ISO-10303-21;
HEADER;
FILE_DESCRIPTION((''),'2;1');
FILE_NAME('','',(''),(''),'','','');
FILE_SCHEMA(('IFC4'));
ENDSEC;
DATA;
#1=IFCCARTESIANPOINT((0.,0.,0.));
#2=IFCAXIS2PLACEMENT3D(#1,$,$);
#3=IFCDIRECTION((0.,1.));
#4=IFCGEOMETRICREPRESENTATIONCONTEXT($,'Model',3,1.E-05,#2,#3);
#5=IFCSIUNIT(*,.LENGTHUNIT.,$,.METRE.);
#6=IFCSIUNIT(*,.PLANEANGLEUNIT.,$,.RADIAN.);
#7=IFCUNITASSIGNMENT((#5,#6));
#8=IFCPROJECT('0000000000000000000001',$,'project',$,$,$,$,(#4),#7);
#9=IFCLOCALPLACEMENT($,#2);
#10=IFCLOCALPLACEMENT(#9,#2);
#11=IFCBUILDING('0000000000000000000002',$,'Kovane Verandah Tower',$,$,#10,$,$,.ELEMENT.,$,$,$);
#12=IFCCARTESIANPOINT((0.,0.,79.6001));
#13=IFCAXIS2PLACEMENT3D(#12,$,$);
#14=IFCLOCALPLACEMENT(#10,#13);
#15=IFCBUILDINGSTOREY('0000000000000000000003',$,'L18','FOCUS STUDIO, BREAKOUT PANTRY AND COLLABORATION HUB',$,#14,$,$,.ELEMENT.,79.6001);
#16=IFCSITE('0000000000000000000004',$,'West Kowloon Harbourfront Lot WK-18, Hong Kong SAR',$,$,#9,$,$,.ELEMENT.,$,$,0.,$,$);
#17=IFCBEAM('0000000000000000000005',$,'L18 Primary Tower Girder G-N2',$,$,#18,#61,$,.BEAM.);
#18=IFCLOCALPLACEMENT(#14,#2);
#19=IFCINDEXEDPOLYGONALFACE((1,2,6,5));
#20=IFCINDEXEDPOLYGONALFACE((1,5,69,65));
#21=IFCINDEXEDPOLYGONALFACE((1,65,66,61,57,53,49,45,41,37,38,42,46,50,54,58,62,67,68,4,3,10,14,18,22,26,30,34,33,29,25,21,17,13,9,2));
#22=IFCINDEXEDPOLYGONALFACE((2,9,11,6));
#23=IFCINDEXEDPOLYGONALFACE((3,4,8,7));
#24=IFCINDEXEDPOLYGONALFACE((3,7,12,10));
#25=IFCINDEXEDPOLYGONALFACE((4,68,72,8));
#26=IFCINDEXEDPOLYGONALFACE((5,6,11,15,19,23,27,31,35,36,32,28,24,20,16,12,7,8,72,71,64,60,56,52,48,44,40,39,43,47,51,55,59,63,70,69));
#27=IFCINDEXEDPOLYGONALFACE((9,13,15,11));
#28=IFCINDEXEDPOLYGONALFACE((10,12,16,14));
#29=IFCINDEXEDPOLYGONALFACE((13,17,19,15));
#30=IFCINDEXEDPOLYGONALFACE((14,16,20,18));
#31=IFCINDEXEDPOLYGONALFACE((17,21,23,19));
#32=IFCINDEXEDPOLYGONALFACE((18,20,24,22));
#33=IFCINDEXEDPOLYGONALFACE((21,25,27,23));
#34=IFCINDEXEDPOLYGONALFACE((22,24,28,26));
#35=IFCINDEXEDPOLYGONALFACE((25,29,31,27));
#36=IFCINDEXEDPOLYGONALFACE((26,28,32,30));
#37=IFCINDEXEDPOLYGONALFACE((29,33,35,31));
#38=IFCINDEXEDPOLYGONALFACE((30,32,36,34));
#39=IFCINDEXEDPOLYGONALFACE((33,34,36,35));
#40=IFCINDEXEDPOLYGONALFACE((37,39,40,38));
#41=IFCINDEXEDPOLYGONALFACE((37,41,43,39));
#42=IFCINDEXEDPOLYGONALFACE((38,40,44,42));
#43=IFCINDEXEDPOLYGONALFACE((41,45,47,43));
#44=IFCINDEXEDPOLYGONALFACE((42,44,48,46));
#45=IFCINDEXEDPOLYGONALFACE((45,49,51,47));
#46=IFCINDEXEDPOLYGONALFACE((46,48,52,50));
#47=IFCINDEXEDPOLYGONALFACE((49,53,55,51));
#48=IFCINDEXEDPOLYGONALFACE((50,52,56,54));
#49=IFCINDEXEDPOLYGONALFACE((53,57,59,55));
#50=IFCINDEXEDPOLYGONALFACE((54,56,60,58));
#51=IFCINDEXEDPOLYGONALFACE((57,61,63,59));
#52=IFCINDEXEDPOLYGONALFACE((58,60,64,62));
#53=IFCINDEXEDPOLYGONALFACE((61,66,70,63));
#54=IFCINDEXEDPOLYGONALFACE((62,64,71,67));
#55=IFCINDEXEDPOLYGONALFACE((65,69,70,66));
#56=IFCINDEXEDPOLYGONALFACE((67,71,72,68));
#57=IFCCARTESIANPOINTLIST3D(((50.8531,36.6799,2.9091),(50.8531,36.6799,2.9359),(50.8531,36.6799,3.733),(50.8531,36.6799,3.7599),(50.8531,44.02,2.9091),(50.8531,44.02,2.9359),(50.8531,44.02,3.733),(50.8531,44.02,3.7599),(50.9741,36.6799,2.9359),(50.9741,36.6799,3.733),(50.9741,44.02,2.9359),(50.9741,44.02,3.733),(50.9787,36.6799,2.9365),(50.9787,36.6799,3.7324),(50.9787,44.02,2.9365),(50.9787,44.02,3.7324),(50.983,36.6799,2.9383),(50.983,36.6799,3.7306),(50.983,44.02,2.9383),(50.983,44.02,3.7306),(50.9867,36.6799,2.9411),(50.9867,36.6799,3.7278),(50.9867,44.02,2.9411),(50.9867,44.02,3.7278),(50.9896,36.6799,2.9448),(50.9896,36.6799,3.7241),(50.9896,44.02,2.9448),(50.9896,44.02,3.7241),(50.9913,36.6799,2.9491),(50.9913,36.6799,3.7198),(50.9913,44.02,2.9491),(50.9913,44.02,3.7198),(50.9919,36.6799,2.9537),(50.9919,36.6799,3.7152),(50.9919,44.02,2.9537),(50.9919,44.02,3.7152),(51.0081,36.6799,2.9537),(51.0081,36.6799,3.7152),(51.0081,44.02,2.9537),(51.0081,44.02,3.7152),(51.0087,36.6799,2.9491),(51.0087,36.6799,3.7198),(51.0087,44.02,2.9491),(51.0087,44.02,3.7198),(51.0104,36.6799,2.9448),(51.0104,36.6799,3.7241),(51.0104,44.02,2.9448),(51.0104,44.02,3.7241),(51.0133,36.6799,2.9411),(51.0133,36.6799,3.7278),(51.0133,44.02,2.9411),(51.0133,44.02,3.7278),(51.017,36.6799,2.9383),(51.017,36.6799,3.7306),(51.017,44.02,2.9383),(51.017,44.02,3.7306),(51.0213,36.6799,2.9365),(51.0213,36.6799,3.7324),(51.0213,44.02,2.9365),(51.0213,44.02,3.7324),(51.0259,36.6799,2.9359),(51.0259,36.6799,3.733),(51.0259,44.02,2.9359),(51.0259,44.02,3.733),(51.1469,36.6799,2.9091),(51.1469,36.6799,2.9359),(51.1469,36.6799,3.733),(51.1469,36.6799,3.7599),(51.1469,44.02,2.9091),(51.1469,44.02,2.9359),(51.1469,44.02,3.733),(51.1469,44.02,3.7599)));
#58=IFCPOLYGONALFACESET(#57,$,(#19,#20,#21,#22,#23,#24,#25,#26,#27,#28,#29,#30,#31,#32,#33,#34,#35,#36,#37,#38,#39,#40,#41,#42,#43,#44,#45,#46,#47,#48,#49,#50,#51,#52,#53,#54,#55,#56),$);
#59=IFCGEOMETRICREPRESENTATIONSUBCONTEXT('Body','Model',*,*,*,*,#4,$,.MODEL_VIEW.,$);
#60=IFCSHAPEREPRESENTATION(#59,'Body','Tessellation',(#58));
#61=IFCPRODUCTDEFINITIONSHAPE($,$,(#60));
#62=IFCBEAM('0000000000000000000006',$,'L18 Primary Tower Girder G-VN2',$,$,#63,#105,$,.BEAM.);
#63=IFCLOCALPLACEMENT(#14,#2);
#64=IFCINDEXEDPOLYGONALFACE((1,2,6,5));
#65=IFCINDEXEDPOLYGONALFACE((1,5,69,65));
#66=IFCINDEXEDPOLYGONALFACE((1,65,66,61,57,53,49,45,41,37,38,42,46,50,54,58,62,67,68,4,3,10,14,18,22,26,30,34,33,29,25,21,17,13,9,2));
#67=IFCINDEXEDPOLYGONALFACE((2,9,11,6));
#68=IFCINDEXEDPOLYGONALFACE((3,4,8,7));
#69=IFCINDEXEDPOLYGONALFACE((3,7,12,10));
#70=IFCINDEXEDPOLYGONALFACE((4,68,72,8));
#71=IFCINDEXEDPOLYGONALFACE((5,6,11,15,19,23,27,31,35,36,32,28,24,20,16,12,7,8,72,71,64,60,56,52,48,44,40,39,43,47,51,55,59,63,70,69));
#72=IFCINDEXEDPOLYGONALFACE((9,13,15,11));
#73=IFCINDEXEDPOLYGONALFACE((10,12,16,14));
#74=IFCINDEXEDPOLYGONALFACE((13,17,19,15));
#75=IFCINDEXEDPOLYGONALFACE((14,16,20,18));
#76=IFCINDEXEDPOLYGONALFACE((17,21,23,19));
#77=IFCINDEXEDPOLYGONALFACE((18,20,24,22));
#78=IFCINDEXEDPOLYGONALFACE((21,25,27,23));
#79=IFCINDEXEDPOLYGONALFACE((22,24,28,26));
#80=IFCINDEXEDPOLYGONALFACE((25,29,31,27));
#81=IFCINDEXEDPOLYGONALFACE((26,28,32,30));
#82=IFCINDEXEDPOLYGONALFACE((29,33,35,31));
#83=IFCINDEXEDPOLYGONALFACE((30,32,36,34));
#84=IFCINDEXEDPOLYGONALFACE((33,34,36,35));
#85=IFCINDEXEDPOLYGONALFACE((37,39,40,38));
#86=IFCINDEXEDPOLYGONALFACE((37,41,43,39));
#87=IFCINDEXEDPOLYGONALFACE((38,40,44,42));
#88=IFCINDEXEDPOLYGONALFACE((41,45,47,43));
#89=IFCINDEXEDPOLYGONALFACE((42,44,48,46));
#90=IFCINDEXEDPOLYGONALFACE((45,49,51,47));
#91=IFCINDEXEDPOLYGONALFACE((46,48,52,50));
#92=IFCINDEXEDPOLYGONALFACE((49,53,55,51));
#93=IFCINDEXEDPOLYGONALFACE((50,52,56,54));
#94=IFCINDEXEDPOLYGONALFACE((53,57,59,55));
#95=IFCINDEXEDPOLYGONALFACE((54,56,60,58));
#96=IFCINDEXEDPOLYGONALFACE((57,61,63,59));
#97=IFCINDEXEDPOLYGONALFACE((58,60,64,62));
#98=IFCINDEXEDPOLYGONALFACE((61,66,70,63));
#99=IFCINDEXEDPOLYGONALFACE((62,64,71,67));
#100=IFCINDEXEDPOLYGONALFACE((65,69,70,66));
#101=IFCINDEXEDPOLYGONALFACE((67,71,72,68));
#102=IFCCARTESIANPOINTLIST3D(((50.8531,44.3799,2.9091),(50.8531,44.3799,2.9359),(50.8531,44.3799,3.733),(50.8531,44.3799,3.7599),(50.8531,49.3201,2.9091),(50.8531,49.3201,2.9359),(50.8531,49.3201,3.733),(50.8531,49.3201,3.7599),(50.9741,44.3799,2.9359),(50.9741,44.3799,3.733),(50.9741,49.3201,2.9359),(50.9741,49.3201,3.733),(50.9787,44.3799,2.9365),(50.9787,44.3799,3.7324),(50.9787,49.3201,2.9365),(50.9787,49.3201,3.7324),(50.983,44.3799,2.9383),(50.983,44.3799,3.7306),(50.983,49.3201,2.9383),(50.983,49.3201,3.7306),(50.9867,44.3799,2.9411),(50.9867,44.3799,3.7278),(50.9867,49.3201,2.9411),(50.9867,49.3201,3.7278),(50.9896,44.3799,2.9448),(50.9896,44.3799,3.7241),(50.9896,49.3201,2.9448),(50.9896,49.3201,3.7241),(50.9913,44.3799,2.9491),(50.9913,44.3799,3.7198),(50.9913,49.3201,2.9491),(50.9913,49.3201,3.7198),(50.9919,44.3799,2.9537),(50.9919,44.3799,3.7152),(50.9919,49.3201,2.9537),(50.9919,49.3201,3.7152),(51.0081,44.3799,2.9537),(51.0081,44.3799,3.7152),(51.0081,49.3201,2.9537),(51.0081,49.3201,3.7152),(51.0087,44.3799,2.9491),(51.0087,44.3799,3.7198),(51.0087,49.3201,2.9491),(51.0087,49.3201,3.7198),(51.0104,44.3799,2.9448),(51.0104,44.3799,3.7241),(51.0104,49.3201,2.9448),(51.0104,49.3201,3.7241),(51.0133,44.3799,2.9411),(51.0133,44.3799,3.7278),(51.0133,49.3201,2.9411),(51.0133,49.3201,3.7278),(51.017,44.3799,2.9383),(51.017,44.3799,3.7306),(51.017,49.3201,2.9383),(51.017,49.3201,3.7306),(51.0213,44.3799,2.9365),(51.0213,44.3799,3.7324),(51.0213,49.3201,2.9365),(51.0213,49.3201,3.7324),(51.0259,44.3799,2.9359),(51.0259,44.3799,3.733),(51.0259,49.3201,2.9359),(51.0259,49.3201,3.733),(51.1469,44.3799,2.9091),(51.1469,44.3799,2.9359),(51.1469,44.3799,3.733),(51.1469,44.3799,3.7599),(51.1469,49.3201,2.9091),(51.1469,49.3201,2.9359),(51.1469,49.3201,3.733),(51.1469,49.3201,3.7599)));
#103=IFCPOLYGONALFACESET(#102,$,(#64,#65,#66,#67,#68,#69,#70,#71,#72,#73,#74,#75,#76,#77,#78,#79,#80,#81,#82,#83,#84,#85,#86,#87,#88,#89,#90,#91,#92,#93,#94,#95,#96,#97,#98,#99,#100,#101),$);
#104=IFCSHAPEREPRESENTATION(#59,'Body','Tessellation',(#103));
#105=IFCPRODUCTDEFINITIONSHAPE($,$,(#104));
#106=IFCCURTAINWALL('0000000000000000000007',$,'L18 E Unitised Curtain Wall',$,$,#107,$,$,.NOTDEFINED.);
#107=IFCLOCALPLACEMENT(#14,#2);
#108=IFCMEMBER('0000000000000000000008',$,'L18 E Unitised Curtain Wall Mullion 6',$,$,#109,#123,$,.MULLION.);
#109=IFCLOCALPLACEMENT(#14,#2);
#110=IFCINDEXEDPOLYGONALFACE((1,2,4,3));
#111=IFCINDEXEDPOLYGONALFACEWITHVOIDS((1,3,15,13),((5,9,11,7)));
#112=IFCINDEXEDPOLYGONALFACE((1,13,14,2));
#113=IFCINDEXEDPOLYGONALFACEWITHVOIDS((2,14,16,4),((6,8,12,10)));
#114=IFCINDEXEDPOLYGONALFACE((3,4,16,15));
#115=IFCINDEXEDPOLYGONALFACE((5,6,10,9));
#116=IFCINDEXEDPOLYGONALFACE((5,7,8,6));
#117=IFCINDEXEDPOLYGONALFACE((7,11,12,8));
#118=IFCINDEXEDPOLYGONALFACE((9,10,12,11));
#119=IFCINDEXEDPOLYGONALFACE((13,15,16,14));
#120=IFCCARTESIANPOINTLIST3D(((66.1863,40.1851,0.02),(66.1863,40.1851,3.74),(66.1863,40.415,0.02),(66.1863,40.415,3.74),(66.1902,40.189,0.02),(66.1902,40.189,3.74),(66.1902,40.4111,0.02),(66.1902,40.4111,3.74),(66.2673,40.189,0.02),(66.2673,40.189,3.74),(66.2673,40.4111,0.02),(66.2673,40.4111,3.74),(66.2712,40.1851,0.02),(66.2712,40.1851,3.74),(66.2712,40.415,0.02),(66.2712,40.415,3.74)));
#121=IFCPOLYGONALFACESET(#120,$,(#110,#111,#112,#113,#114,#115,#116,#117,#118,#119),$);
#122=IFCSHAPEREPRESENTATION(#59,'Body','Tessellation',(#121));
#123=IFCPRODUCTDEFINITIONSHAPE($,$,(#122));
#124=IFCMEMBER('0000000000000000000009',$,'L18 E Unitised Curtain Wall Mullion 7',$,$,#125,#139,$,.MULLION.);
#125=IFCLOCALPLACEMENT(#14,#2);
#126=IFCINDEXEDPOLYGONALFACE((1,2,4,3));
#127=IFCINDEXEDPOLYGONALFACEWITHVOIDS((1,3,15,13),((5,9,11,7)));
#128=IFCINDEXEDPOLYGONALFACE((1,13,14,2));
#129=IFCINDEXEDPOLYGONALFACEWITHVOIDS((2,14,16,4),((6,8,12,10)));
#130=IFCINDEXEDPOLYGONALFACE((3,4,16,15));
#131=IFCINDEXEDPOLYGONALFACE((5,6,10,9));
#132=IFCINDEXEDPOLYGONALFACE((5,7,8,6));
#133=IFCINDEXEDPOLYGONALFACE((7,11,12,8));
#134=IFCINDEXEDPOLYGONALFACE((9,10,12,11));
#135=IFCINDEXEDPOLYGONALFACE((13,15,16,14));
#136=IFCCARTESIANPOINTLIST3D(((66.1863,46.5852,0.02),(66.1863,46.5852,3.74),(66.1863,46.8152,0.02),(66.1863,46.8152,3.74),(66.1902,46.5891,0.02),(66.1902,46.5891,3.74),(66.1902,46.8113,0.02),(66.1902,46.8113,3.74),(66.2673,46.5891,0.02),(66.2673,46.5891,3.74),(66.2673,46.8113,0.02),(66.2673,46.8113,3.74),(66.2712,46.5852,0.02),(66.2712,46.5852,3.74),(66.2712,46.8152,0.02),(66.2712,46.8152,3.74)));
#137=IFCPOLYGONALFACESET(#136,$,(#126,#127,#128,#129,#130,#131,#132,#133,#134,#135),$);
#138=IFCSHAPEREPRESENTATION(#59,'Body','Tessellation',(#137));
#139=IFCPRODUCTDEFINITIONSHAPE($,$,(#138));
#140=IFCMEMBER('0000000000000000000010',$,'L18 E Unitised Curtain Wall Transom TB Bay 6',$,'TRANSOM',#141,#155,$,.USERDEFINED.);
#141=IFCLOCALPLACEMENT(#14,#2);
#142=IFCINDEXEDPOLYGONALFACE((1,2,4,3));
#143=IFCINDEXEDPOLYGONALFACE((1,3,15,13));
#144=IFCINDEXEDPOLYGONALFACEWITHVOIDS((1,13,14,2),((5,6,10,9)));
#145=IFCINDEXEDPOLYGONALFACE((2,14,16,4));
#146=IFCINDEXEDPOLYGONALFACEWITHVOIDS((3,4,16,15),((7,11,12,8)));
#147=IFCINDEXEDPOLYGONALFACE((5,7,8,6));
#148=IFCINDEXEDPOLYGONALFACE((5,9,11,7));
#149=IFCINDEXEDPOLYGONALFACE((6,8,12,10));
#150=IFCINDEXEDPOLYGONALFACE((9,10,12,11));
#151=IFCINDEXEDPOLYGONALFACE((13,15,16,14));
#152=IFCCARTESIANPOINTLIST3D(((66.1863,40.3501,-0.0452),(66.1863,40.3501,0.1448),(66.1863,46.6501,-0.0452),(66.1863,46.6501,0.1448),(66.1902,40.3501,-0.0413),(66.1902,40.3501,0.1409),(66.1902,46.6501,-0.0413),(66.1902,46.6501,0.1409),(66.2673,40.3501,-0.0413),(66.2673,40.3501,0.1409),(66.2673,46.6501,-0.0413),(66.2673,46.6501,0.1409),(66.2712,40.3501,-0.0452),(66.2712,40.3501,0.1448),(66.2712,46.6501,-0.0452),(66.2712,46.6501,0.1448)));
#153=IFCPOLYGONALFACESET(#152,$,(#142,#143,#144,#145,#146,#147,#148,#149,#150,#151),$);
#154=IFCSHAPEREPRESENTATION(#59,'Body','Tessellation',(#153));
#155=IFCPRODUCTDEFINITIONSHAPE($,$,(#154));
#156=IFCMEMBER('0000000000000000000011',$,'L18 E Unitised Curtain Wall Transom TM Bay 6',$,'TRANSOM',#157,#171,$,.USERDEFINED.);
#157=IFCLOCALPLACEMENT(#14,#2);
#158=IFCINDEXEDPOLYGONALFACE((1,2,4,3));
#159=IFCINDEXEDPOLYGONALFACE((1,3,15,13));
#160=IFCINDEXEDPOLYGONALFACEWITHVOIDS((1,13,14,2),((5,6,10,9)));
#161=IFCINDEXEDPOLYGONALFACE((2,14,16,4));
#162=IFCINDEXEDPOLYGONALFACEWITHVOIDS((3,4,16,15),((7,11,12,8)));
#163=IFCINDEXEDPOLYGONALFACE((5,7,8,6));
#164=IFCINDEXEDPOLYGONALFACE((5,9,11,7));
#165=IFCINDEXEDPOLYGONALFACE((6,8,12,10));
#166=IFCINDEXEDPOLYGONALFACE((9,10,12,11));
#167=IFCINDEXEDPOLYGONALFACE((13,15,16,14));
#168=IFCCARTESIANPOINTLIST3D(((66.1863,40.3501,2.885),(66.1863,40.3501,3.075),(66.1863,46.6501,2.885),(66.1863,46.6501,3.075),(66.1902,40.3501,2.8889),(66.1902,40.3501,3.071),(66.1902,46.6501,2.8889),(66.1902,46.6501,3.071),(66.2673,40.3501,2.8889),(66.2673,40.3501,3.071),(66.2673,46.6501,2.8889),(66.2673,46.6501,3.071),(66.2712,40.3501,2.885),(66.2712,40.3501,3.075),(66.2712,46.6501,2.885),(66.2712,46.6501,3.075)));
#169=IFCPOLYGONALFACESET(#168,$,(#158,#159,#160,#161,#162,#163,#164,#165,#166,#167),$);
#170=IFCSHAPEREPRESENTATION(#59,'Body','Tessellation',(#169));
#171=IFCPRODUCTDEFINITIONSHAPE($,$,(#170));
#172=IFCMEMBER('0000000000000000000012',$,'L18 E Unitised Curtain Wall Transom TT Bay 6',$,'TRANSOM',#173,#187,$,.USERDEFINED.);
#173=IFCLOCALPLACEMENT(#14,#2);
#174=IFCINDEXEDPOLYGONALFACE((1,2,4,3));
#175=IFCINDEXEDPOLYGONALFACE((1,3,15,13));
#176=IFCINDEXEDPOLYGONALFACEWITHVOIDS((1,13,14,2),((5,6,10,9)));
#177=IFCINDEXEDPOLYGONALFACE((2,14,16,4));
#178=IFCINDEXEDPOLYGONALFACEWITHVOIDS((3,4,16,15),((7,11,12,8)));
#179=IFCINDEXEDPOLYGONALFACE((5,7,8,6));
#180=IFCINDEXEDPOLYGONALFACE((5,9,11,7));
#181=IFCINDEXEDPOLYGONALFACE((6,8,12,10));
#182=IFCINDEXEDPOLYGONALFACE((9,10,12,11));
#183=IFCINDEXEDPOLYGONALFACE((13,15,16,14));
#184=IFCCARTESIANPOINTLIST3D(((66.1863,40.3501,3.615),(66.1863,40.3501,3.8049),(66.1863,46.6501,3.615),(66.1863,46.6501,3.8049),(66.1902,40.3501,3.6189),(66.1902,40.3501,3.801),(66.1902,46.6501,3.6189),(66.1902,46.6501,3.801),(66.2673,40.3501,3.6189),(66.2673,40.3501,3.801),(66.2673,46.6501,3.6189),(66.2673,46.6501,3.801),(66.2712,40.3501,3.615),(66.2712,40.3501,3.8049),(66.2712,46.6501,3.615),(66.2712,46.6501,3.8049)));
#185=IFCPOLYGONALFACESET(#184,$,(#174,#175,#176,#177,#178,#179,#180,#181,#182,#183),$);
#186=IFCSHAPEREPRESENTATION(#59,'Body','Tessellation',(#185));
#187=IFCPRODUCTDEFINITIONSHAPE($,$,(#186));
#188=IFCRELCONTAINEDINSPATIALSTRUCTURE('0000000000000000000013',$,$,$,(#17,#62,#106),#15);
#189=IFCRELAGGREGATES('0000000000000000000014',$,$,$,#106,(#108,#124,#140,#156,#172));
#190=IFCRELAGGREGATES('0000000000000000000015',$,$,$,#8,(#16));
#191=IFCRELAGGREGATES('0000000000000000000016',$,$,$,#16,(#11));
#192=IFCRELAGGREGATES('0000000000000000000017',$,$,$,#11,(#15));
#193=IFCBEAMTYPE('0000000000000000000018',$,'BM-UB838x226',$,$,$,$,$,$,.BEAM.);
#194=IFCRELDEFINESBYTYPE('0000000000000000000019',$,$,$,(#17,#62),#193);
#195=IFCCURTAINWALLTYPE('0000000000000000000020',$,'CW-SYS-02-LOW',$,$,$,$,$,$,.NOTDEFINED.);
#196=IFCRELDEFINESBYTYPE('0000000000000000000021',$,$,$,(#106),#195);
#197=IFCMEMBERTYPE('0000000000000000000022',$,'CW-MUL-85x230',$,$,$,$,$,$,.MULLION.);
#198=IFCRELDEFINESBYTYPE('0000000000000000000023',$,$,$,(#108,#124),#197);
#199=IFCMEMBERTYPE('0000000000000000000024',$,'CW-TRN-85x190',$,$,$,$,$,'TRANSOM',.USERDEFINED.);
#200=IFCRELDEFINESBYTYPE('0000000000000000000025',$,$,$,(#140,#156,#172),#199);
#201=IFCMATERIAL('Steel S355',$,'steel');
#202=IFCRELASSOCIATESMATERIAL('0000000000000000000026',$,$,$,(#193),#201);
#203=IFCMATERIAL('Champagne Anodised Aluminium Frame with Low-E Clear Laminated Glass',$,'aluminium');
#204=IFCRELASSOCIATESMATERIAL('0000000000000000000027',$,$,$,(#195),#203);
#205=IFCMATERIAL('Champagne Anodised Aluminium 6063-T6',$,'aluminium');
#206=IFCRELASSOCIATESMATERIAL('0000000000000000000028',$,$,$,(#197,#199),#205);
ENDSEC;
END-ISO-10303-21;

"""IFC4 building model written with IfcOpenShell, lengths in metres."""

from ifc_helpers import new_model, si_unit, direction, frame, origin, origin_2d, place, context, subcontext, project, spatial, hollow_rectangle, i_section, extrude, material, material_profile, profile_set, type_object, element, aggregate, save


model = new_model("IFC4")

# Units and contexts
model_context = context("Model", 3, precision=1e-05, world=origin(), true_north=direction((0.0, 1.0)))
body_context = subcontext(model_context, "Body", "Model", "MODEL_VIEW")
ifc_project = project(units=[si_unit("LENGTHUNIT", "METRE"), si_unit("PLANEANGLEUNIT", "RADIAN")], contexts=[model_context])

# Site, building, storey
site_placement = place(None, origin())
site = spatial("IfcSite", under=ifc_project, at=site_placement, Name="West Kowloon Harbourfront Lot WK-18, Hong Kong SAR", CompositionType="ELEMENT", RefElevation=0.0)
building_placement = place(site_placement, origin())
building = spatial("IfcBuilding", under=site, at=building_placement, Name="Kovane Verandah Tower", CompositionType="ELEMENT")
storey_placement = place(building_placement, frame((0.0, 0.0, 79.6001)))
storey = spatial("IfcBuildingStorey", under=building, at=storey_placement, Name="L18", Description="FOCUS STUDIO, BREAKOUT PANTRY AND COLLABORATION HUB", CompositionType="ELEMENT", Elevation=79.6001)

# Beams
ifc_material_1 = material(Name="Steel S355", Category="steel")
ifc_material_profile_1 = material_profile(ifc_material_1, i_section(OverallWidth=0.2937, OverallDepth=0.8508, WebThickness=0.0161, FlangeThickness=0.0269, FilletRadius=0.0178, at=origin_2d()), Name="UB838x292x226")
ifc_profile_set_1 = profile_set([ifc_material_profile_1], Name="Steel S355")
beam_type_1 = type_object("IfcBeamType", Name="BM-UB838x226", PredefinedType="BEAM", material=ifc_profile_set_1)
for number, where, z_axis, x_axis, name in (
    (1, (51.0, 36.6799, 3.3345), (0.0, 1.0, 0.0), (-1.0, 0.0, 0.0), "L18 Primary Tower Girder G-N2"),
):
    element("IfcBeam", number, at=place(storey_placement, frame(where, z_axis=z_axis, x_axis=x_axis)), inside=storey, type_object=beam_type_1, Name=name, PredefinedType="BEAM", context=body_context, shape_type="SweptSolid", body=[
        extrude(i_section(OverallWidth=0.2937, OverallDepth=0.8508, WebThickness=0.0161, FlangeThickness=0.0269, FilletRadius=0.0178, at=origin_2d()), origin(), (0.0, 0.0, 1.0), 7.3401),
    ])
beam_1_placement = place(storey_placement, frame((51.0, 44.3799, 3.3345), z_axis=(0.0, 1.0, 0.0), x_axis=(-1.0, 0.0, 0.0)))
element("IfcBeam", 2, at=beam_1_placement, inside=storey, type_object=beam_type_1, Name="L18 Primary Tower Girder G-VN2", PredefinedType="BEAM", context=body_context, shape_type="SweptSolid", body=[
    extrude(i_section(OverallWidth=0.2937, OverallDepth=0.8508, WebThickness=0.0161, FlangeThickness=0.0269, FilletRadius=0.0178, at=origin_2d()), origin(), (0.0, 0.0, 1.0), 4.9402),
])

# Curtain wall, members
ifc_material_2 = material(Name="Champagne Anodised Aluminium Frame with Low-E Clear Laminated Glass", Category="aluminium")
curtain_wall_type = type_object("IfcCurtainWallType", Name="CW-SYS-02-LOW", PredefinedType="NOTDEFINED", material=ifc_material_2)
curtain_wall_placement = place(storey_placement, origin())
curtain_wall = element("IfcCurtainWall", 3, at=curtain_wall_placement, inside=storey, type_object=curtain_wall_type, Name="L18 E Unitised Curtain Wall", PredefinedType="NOTDEFINED")
ifc_material_3 = material(Name="Champagne Anodised Aluminium 6063-T6", Category="aluminium")
ifc_material_profile_2 = material_profile(ifc_material_3, hollow_rectangle(XDim=0.085, YDim=0.23, WallThickness=0.0039, at=origin_2d()), Name="AL85x230x4")
ifc_profile_set_2 = profile_set([ifc_material_profile_2], Name="Champagne Anodised Aluminium 6063-T6")
member_type_1 = type_object("IfcMemberType", Name="CW-MUL-85x230", PredefinedType="MULLION", material=ifc_profile_set_2)
member_1_placement = place(storey_placement, frame((66.2288, 40.3, 0.02), z_axis=(0.0, 0.0, 1.0), x_axis=(1.0, 0.0, 0.0)))
member_1 = element("IfcMember", 4, at=member_1_placement, type_object=member_type_1, Name="L18 E Unitised Curtain Wall Mullion 6", PredefinedType="MULLION", context=body_context, shape_type="SweptSolid", body=[
    extrude(hollow_rectangle(XDim=0.085, YDim=0.23, WallThickness=0.0039, at=origin_2d()), origin(), (0.0, 0.0, 1.0), 3.72),
])
member_2_placement = place(storey_placement, frame((66.2288, 46.7002, 0.02), z_axis=(0.0, 0.0, 1.0), x_axis=(1.0, 0.0, 0.0)))
member_2 = element("IfcMember", 5, at=member_2_placement, type_object=member_type_1, Name="L18 E Unitised Curtain Wall Mullion 7", PredefinedType="MULLION", context=body_context, shape_type="SweptSolid", body=[
    extrude(hollow_rectangle(XDim=0.085, YDim=0.23, WallThickness=0.0039, at=origin_2d()), origin(), (0.0, 0.0, 1.0), 3.72),
])
ifc_material_profile_3 = material_profile(ifc_material_3, hollow_rectangle(XDim=0.085, YDim=0.1899, WallThickness=0.0039, at=origin_2d()), Name="AL85x190x4")
ifc_profile_set_3 = profile_set([ifc_material_profile_3], Name="Champagne Anodised Aluminium 6063-T6")
member_type_2 = type_object("IfcMemberType", Name="CW-TRN-85x190", ElementType="TRANSOM", PredefinedType="USERDEFINED", material=ifc_profile_set_3)
member_3_placement = place(storey_placement, frame((66.2288, 40.3501, 0.0498), z_axis=(0.0, 1.0, 0.0), x_axis=(-1.0, 0.0, 0.0)))
member_3 = element("IfcMember", 6, at=member_3_placement, type_object=member_type_2, Name="L18 E Unitised Curtain Wall Transom TB Bay 6", ObjectType="TRANSOM", PredefinedType="USERDEFINED", context=body_context, shape_type="SweptSolid", body=[
    extrude(hollow_rectangle(XDim=0.085, YDim=0.1899, WallThickness=0.0039, at=origin_2d()), origin(), (0.0, 0.0, 1.0), 6.3),
])
member_4_placement = place(storey_placement, frame((66.2288, 40.3501, 2.98), z_axis=(0.0, 1.0, 0.0), x_axis=(-1.0, 0.0, 0.0)))
member_4 = element("IfcMember", 7, at=member_4_placement, type_object=member_type_2, Name="L18 E Unitised Curtain Wall Transom TM Bay 6", ObjectType="TRANSOM", PredefinedType="USERDEFINED", context=body_context, shape_type="SweptSolid", body=[
    extrude(hollow_rectangle(XDim=0.085, YDim=0.1899, WallThickness=0.0039, at=origin_2d()), origin(), (0.0, 0.0, 1.0), 6.3),
])
member_5_placement = place(storey_placement, frame((66.2288, 40.3501, 3.71), z_axis=(0.0, 1.0, 0.0), x_axis=(-1.0, 0.0, 0.0)))
member_5 = element("IfcMember", 8, at=member_5_placement, type_object=member_type_2, Name="L18 E Unitised Curtain Wall Transom TT Bay 6", ObjectType="TRANSOM", PredefinedType="USERDEFINED", context=body_context, shape_type="SweptSolid", body=[
    extrude(hollow_rectangle(XDim=0.085, YDim=0.1899, WallThickness=0.0039, at=origin_2d()), origin(), (0.0, 0.0, 1.0), 6.3),
])

aggregate(curtain_wall, [member_1, member_2, member_3, member_4, member_5])

save(model, "model.ifc")
